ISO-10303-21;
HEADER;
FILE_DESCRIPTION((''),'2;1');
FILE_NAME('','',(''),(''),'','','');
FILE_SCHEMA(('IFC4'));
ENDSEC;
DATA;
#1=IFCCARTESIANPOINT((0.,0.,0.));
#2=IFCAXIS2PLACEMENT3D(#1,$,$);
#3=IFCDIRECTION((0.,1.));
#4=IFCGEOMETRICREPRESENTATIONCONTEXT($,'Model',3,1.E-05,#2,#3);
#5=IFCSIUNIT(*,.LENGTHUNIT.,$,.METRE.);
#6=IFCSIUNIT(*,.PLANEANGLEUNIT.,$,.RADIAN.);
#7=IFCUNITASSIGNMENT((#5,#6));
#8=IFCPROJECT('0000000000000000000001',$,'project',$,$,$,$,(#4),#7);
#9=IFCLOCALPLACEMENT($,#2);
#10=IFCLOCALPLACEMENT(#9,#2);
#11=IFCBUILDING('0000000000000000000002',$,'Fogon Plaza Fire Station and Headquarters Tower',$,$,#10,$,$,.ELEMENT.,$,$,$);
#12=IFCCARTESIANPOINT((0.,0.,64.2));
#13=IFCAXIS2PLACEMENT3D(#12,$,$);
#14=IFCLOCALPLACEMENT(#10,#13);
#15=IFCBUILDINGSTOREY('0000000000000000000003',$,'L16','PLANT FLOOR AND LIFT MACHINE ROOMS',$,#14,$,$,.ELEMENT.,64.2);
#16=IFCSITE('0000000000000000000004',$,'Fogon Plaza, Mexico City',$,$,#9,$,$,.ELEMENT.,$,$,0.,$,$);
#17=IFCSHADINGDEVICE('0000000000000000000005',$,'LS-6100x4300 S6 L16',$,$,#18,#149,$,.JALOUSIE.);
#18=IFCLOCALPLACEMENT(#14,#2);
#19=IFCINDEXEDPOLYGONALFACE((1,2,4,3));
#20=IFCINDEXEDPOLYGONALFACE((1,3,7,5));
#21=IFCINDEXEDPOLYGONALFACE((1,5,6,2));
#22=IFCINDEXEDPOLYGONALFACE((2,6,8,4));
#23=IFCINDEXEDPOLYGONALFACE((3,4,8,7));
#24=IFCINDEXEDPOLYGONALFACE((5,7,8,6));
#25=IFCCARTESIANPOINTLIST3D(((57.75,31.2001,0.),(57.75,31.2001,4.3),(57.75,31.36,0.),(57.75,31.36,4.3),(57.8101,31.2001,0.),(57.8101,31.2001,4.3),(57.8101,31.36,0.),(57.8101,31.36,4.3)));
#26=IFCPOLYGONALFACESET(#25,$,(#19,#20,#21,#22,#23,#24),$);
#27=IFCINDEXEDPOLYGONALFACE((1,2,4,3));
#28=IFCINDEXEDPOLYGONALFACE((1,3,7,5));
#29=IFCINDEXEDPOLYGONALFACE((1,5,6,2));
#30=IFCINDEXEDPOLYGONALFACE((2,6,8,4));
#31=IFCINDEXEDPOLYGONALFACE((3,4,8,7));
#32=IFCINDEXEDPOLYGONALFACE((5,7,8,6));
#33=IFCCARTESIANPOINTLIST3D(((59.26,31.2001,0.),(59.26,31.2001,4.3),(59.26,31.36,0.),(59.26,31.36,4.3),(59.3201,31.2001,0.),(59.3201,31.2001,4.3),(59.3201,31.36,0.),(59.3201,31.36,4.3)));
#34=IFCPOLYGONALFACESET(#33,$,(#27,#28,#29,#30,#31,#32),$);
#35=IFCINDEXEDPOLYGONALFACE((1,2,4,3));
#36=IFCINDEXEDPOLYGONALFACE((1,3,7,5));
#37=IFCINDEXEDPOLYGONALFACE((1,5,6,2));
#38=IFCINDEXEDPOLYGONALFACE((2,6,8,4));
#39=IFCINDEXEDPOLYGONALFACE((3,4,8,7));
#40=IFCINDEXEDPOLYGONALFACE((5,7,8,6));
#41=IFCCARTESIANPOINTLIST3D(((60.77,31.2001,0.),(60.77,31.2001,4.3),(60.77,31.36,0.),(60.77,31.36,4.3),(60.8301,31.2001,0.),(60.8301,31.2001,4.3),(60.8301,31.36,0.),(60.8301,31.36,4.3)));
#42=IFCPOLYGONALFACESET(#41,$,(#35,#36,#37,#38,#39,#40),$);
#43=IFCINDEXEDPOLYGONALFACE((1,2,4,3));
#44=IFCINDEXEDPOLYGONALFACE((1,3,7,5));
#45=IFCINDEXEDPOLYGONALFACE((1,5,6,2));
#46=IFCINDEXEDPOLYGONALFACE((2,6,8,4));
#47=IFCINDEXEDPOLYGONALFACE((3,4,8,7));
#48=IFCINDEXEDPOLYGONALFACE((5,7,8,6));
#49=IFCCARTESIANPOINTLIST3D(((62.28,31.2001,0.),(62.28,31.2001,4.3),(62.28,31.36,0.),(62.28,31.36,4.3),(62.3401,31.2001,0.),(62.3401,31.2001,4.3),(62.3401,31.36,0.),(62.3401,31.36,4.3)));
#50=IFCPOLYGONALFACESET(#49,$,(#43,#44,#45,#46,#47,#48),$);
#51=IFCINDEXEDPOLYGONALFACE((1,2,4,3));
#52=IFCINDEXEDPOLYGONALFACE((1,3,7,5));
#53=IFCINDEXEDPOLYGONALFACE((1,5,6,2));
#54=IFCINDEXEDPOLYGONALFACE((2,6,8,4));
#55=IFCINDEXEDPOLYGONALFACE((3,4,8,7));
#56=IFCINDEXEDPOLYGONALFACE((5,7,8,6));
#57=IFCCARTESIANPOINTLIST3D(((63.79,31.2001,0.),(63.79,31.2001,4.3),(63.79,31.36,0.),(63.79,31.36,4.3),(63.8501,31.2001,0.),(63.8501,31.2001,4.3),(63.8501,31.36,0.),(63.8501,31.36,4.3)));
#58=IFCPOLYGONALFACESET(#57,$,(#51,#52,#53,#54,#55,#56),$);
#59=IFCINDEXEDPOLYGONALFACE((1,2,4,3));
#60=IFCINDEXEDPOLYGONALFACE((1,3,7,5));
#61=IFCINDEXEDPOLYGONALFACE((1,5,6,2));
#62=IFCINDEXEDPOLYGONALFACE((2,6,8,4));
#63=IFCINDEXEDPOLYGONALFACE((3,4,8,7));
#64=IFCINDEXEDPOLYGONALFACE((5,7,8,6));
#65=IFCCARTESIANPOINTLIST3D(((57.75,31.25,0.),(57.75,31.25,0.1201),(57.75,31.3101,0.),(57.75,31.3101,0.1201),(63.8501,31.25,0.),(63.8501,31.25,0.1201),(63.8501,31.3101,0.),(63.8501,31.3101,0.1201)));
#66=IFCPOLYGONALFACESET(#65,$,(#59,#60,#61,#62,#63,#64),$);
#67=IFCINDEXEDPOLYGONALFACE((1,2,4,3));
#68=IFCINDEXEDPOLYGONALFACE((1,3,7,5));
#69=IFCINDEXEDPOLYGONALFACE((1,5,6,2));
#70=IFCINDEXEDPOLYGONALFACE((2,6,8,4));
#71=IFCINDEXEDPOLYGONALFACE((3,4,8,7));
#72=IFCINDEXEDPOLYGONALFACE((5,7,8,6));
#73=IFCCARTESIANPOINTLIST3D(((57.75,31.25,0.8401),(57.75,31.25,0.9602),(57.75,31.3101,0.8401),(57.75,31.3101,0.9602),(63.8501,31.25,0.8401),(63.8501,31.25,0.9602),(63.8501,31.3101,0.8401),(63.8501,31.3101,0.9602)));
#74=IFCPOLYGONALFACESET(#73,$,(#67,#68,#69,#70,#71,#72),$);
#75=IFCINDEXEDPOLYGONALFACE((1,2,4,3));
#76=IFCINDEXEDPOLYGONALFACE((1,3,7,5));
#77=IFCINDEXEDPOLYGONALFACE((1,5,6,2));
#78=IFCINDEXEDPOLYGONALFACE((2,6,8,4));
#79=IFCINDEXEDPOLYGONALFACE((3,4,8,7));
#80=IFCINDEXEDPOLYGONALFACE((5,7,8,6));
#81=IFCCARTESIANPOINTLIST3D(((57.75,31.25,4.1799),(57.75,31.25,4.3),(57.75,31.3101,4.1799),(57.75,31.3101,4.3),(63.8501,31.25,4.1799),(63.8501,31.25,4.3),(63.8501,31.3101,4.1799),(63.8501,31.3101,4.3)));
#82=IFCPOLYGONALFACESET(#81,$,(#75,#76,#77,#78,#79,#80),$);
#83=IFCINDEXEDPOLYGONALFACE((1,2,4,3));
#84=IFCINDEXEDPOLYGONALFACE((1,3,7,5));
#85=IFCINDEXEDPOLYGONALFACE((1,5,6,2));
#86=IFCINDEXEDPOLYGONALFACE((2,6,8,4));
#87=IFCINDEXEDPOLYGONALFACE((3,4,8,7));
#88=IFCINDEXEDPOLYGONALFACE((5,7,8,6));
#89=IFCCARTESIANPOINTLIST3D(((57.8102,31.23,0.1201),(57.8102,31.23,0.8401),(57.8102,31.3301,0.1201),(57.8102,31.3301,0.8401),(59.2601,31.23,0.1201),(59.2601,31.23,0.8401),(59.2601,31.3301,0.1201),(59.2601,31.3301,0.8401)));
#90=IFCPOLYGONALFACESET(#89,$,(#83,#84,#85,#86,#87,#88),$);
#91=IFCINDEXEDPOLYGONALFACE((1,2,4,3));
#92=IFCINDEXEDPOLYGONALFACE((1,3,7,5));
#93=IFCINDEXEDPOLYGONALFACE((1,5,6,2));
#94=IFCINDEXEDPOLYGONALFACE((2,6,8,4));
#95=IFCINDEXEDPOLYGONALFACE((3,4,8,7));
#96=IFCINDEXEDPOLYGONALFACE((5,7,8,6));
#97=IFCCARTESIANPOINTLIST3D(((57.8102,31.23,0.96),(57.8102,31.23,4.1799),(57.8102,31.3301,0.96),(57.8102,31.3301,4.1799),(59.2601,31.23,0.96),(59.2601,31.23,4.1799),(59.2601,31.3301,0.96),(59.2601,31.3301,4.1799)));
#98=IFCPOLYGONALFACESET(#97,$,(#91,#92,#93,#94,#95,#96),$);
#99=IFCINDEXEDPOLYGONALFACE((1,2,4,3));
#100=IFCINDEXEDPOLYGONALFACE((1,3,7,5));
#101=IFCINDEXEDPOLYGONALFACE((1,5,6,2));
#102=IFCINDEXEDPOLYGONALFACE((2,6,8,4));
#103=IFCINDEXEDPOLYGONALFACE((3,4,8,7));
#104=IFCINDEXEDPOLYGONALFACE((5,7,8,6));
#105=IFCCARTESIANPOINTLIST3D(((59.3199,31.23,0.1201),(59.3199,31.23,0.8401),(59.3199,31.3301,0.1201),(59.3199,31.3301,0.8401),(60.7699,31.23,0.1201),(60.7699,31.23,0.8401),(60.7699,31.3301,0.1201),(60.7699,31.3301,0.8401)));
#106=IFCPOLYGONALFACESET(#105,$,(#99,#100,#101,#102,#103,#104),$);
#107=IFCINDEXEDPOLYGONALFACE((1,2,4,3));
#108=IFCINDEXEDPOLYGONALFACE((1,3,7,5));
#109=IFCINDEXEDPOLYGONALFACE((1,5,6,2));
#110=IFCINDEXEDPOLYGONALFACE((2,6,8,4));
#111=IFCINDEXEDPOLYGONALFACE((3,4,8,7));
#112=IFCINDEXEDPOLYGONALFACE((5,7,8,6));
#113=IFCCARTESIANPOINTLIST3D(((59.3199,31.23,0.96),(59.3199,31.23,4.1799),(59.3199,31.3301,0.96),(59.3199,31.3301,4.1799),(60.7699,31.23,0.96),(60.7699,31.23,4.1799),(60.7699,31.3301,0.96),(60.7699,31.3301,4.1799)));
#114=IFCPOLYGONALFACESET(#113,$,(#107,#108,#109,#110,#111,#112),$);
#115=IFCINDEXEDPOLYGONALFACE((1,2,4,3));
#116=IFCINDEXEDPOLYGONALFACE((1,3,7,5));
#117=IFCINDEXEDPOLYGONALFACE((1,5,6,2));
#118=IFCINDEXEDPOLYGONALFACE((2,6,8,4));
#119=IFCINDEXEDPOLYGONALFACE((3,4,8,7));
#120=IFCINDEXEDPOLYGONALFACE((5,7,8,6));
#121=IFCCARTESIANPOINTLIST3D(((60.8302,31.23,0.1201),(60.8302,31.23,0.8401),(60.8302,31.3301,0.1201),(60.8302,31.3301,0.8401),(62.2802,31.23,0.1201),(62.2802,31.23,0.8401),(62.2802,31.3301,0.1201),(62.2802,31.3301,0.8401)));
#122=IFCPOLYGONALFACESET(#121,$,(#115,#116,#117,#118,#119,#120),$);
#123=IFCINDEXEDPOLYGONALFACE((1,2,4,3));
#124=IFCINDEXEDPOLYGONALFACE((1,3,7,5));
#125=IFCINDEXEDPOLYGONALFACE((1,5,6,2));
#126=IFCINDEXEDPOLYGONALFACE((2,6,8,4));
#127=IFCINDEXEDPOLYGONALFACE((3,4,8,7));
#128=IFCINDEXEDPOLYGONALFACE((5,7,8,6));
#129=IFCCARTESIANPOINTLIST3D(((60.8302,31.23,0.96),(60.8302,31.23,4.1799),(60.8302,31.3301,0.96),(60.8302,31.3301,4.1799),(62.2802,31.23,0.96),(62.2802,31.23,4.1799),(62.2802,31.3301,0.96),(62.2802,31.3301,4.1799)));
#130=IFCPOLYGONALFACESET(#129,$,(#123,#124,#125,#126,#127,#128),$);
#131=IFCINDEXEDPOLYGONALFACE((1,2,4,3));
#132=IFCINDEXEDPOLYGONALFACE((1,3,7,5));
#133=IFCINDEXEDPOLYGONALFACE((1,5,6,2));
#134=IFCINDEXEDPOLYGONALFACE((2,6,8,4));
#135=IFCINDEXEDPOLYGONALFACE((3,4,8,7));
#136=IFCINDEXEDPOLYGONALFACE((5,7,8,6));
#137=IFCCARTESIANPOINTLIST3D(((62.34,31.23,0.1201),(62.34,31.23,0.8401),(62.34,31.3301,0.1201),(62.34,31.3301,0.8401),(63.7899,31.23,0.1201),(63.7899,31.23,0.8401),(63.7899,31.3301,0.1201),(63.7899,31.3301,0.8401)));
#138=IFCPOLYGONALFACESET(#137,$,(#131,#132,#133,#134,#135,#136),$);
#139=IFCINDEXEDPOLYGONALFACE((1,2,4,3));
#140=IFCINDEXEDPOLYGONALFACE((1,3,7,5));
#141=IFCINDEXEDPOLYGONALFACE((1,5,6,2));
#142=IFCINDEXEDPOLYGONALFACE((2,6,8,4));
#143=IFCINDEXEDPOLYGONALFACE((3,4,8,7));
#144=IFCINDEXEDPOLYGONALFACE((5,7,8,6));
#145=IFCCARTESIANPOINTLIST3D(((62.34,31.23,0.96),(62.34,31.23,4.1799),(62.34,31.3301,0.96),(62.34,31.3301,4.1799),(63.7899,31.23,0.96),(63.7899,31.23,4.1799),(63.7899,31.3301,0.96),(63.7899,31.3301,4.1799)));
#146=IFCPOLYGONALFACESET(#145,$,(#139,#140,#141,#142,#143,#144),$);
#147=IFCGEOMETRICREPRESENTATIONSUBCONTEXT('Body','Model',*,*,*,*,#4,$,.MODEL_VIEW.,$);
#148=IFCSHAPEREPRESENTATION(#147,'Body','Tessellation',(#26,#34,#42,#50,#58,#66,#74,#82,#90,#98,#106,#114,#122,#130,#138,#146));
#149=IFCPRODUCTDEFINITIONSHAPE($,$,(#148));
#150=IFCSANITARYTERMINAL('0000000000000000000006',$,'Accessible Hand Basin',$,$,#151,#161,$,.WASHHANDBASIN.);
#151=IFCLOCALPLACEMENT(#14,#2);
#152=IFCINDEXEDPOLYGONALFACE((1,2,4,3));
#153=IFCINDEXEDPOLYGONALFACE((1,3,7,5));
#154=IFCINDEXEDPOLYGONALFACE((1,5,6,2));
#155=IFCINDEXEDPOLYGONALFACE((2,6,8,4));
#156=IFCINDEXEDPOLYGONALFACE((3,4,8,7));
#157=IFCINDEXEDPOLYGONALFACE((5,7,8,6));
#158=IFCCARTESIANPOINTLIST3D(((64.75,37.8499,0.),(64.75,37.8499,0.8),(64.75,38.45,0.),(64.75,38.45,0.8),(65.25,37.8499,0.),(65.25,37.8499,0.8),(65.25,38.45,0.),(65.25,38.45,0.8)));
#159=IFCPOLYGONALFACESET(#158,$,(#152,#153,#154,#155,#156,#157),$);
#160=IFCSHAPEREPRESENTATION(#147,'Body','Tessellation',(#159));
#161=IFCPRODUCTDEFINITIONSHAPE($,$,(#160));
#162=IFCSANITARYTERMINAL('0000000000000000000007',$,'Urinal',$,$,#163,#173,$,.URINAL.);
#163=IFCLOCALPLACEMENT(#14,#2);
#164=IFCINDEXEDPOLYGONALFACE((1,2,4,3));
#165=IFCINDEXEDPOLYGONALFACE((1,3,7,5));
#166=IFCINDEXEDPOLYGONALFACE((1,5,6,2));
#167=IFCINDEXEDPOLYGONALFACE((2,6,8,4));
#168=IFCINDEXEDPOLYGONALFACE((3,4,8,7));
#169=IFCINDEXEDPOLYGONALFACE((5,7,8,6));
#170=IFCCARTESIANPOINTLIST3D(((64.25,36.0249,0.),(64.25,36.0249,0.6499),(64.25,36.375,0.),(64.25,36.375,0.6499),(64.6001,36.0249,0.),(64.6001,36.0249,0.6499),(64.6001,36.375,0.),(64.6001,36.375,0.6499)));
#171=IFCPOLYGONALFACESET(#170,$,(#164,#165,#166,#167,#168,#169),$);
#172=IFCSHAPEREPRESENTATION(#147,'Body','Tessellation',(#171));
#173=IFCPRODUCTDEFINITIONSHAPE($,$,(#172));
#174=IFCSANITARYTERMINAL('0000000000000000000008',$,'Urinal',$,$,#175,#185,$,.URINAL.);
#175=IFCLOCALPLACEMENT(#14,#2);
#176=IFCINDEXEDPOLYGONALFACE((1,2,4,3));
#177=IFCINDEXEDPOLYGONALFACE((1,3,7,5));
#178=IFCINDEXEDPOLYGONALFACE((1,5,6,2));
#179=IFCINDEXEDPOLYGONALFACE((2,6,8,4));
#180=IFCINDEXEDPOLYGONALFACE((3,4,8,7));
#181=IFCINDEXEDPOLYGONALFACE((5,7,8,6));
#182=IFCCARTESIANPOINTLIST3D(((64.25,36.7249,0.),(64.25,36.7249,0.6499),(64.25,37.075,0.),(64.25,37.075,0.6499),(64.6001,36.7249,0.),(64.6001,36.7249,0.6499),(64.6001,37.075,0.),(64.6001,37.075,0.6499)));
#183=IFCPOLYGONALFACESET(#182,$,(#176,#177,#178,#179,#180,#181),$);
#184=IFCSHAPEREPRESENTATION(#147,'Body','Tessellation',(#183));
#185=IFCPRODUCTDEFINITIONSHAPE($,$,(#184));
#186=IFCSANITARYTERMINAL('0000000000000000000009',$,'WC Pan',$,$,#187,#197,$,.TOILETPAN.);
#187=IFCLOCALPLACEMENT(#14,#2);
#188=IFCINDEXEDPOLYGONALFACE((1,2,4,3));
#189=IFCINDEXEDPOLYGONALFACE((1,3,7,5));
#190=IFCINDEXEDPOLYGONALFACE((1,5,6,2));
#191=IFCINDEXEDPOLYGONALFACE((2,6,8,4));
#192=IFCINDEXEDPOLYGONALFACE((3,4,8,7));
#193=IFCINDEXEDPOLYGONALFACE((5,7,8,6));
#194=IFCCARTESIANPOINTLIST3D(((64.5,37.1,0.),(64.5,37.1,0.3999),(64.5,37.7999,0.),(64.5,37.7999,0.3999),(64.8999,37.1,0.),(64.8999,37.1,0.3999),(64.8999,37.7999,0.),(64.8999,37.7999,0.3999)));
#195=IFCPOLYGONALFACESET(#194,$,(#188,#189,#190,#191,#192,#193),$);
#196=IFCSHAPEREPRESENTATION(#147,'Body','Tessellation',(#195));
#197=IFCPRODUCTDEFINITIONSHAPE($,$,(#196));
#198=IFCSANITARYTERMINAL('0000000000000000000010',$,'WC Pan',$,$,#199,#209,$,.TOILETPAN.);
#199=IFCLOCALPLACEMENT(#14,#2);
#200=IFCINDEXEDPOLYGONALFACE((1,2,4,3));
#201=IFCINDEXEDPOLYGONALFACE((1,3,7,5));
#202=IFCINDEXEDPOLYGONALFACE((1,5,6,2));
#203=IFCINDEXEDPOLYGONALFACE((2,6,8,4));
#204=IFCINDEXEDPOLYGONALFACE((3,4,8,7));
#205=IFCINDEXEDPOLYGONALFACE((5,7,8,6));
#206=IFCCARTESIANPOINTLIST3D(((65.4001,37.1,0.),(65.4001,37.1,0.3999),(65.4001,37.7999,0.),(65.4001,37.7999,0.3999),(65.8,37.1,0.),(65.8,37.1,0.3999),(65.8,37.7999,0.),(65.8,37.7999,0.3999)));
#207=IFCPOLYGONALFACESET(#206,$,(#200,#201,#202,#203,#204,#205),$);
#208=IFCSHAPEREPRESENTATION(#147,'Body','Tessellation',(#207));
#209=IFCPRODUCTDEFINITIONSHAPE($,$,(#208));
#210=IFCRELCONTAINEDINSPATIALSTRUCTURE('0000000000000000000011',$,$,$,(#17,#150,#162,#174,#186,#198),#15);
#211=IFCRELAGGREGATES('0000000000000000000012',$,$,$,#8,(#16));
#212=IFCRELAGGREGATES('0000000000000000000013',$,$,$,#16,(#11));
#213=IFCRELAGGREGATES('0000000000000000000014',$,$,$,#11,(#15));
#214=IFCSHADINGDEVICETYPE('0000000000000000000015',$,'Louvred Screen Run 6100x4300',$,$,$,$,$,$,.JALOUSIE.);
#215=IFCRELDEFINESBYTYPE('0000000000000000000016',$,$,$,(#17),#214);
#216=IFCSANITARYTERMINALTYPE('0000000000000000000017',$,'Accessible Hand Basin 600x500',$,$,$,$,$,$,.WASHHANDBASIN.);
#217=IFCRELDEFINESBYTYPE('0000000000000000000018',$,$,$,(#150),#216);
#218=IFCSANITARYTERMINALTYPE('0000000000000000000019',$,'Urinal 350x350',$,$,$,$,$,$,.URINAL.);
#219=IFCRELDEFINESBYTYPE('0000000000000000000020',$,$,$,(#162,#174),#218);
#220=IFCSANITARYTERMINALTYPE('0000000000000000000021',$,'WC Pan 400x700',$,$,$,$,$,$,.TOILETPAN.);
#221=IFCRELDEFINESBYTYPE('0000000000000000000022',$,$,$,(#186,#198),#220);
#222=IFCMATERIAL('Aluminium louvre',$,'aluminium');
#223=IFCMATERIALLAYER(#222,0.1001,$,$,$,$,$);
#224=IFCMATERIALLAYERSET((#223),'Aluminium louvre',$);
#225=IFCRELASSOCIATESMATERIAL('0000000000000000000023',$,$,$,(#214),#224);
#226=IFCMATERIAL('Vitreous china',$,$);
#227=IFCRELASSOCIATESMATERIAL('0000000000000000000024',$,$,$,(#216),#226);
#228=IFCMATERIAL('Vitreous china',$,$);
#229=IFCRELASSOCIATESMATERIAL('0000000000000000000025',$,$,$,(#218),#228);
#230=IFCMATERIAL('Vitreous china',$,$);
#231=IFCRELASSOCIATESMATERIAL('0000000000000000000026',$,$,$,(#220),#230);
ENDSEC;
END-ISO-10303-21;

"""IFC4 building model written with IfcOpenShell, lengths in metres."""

from ifc_helpers import new_model, si_unit, direction, frame, origin, origin_2d, place, context, subcontext, project, spatial, rectangle, extrude, material, layer, layer_set, type_object, element, save


model = new_model("IFC4")

# Units and contexts
model_context = context("Model", 3, precision=1e-05, world=origin(), true_north=direction((0.0, 1.0)))
body_context = subcontext(model_context, "Body", "Model", "MODEL_VIEW")
ifc_project = project(units=[si_unit("LENGTHUNIT", "METRE"), si_unit("PLANEANGLEUNIT", "RADIAN")], contexts=[model_context])

# Site, building, storey
site_placement = place(None, origin())
site = spatial("IfcSite", under=ifc_project, at=site_placement, Name="Fogon Plaza, Mexico City", CompositionType="ELEMENT", RefElevation=0.0)
building_placement = place(site_placement, origin())
building = spatial("IfcBuilding", under=site, at=building_placement, Name="Fogon Plaza Fire Station and Headquarters Tower", CompositionType="ELEMENT")
storey_placement = place(building_placement, frame((0.0, 0.0, 64.2)))
storey = spatial("IfcBuildingStorey", under=building, at=storey_placement, Name="L16", Description="PLANT FLOOR AND LIFT MACHINE ROOMS", CompositionType="ELEMENT", Elevation=64.2)

# Shading device
ifc_material_1 = material(Name="Aluminium louvre", Category="aluminium")
ifc_layer_1 = layer(ifc_material_1, 0.1001)
ifc_layer_set_1 = layer_set([ifc_layer_1], Name="Aluminium louvre")
shading_device_type = type_object("IfcShadingDeviceType", Name="Louvred Screen Run 6100x4300", PredefinedType="JALOUSIE", material=ifc_layer_set_1)
shading_device_placement = place(storey_placement, frame((57.75, 31.28, 0.0), z_axis=(0.0, 0.0, 1.0), x_axis=(1.0, 0.0, 0.0)))
element("IfcShadingDevice", 1, at=shading_device_placement, inside=storey, type_object=shading_device_type, Name="LS-6100x4300 S6 L16", PredefinedType="JALOUSIE", context=body_context, shape_type="SweptSolid", body=[
    extrude(rectangle(XDim=0.0601, YDim=0.1599, at=origin_2d()), frame((0.03, 0.0, 0.0), z_axis=(0.0, 0.0, 1.0), x_axis=(1.0, 0.0, 0.0)), (0.0, 0.0, 1.0), 4.3),
    extrude(rectangle(XDim=0.0601, YDim=0.1599, at=origin_2d()), frame((1.54, 0.0, 0.0), z_axis=(0.0, 0.0, 1.0), x_axis=(1.0, 0.0, 0.0)), (0.0, 0.0, 1.0), 4.3),
    extrude(rectangle(XDim=0.0601, YDim=0.1599, at=origin_2d()), frame((3.05, 0.0, 0.0), z_axis=(0.0, 0.0, 1.0), x_axis=(1.0, 0.0, 0.0)), (0.0, 0.0, 1.0), 4.3),
    extrude(rectangle(XDim=0.0601, YDim=0.1599, at=origin_2d()), frame((4.5601, 0.0, 0.0), z_axis=(0.0, 0.0, 1.0), x_axis=(1.0, 0.0, 0.0)), (0.0, 0.0, 1.0), 4.3),
    extrude(rectangle(XDim=0.0601, YDim=0.1599, at=origin_2d()), frame((6.0701, 0.0, 0.0), z_axis=(0.0, 0.0, 1.0), x_axis=(1.0, 0.0, 0.0)), (0.0, 0.0, 1.0), 4.3),
    extrude(rectangle(XDim=0.1201, YDim=0.0601, at=origin_2d()), frame((0.0, 0.0, 0.0601), z_axis=(1.0, 0.0, 0.0), x_axis=(0.0, 0.0, 1.0)), (0.0, 0.0, 1.0), 6.1001),
    extrude(rectangle(XDim=0.1201, YDim=0.0601, at=origin_2d()), frame((0.0, 0.0, 0.9001), z_axis=(1.0, 0.0, 0.0), x_axis=(0.0, 0.0, 1.0)), (0.0, 0.0, 1.0), 6.1001),
    extrude(rectangle(XDim=0.1201, YDim=0.0601, at=origin_2d()), frame((0.0, 0.0, 4.24), z_axis=(1.0, 0.0, 0.0), x_axis=(0.0, 0.0, 1.0)), (0.0, 0.0, 1.0), 6.1001),
    extrude(rectangle(XDim=1.45, YDim=0.1001, at=origin_2d()), frame((0.7852, 0.0, 0.1201), z_axis=(0.0, 0.0, 1.0), x_axis=(1.0, 0.0, 0.0)), (0.0, 0.0, 1.0), 0.72),
    extrude(rectangle(XDim=1.45, YDim=0.1001, at=origin_2d()), frame((0.7852, 0.0, 0.96), z_axis=(0.0, 0.0, 1.0), x_axis=(1.0, 0.0, 0.0)), (0.0, 0.0, 1.0), 3.22),
    extrude(rectangle(XDim=1.45, YDim=0.1001, at=origin_2d()), frame((2.2949, 0.0, 0.1201), z_axis=(0.0, 0.0, 1.0), x_axis=(1.0, 0.0, 0.0)), (0.0, 0.0, 1.0), 0.72),
    extrude(rectangle(XDim=1.45, YDim=0.1001, at=origin_2d()), frame((2.2949, 0.0, 0.96), z_axis=(0.0, 0.0, 1.0), x_axis=(1.0, 0.0, 0.0)), (0.0, 0.0, 1.0), 3.22),
    extrude(rectangle(XDim=1.45, YDim=0.1001, at=origin_2d()), frame((3.8052, 0.0, 0.1201), z_axis=(0.0, 0.0, 1.0), x_axis=(1.0, 0.0, 0.0)), (0.0, 0.0, 1.0), 0.72),
    extrude(rectangle(XDim=1.45, YDim=0.1001, at=origin_2d()), frame((3.8052, 0.0, 0.96), z_axis=(0.0, 0.0, 1.0), x_axis=(1.0, 0.0, 0.0)), (0.0, 0.0, 1.0), 3.22),
    extrude(rectangle(XDim=1.45, YDim=0.1001, at=origin_2d()), frame((5.3149, 0.0, 0.1201), z_axis=(0.0, 0.0, 1.0), x_axis=(1.0, 0.0, 0.0)), (0.0, 0.0, 1.0), 0.72),
    extrude(rectangle(XDim=1.45, YDim=0.1001, at=origin_2d()), frame((5.3149, 0.0, 0.96), z_axis=(0.0, 0.0, 1.0), x_axis=(1.0, 0.0, 0.0)), (0.0, 0.0, 1.0), 3.22),
])

# Sanitary terminals
ifc_material_2 = material(Name="Vitreous china")
sanitary_terminal_type_1 = type_object("IfcSanitaryTerminalType", Name="Accessible Hand Basin 600x500", PredefinedType="WASHHANDBASIN", material=ifc_material_2)
sanitary_terminal_placement = place(storey_placement, frame((65.0, 38.1499, 0.0), z_axis=(0.0, 0.0, 1.0), x_axis=(1.0, 0.0, 0.0)))
element("IfcSanitaryTerminal", 2, at=sanitary_terminal_placement, inside=storey, type_object=sanitary_terminal_type_1, Name="Accessible Hand Basin", PredefinedType="WASHHANDBASIN", context=body_context, shape_type="SweptSolid", body=[
    extrude(rectangle(XDim=0.5, YDim=0.6001, at=origin_2d()), origin(), (0.0, 0.0, 1.0), 0.8),
])
ifc_material_3 = material(Name="Vitreous china")
sanitary_terminal_type_2 = type_object("IfcSanitaryTerminalType", Name="Urinal 350x350", PredefinedType="URINAL", material=ifc_material_3)
for number, where, z_axis, x_axis, name in (
    (3, (64.425, 36.2, 0.0), (0.0, 0.0, 1.0), (1.0, 0.0, 0.0), "Urinal"),
    (4, (64.425, 36.8999, 0.0), (0.0, 0.0, 1.0), (1.0, 0.0, 0.0), "Urinal"),
):
    element("IfcSanitaryTerminal", number, at=place(storey_placement, frame(where, z_axis=z_axis, x_axis=x_axis)), inside=storey, type_object=sanitary_terminal_type_2, Name=name, PredefinedType="URINAL", context=body_context, shape_type="SweptSolid", body=[
        extrude(rectangle(XDim=0.3501, YDim=0.3501, at=origin_2d()), origin(), (0.0, 0.0, 1.0), 0.6499),
    ])
ifc_material_4 = material(Name="Vitreous china")
sanitary_terminal_type_3 = type_object("IfcSanitaryTerminalType", Name="WC Pan 400x700", PredefinedType="TOILETPAN", material=ifc_material_4)
for number, where, z_axis, x_axis, name in (
    (5, (64.7, 37.45, 0.0), (0.0, 0.0, 1.0), (1.0, 0.0, 0.0), "WC Pan"),
    (6, (65.6001, 37.45, 0.0), (0.0, 0.0, 1.0), (1.0, 0.0, 0.0), "WC Pan"),
):
    element("IfcSanitaryTerminal", number, at=place(storey_placement, frame(where, z_axis=z_axis, x_axis=x_axis)), inside=storey, type_object=sanitary_terminal_type_3, Name=name, PredefinedType="TOILETPAN", context=body_context, shape_type="SweptSolid", body=[
        extrude(rectangle(XDim=0.3999, YDim=0.7, at=origin_2d()), origin(), (0.0, 0.0, 1.0), 0.3999),
    ])

save(model, "model.ifc")
